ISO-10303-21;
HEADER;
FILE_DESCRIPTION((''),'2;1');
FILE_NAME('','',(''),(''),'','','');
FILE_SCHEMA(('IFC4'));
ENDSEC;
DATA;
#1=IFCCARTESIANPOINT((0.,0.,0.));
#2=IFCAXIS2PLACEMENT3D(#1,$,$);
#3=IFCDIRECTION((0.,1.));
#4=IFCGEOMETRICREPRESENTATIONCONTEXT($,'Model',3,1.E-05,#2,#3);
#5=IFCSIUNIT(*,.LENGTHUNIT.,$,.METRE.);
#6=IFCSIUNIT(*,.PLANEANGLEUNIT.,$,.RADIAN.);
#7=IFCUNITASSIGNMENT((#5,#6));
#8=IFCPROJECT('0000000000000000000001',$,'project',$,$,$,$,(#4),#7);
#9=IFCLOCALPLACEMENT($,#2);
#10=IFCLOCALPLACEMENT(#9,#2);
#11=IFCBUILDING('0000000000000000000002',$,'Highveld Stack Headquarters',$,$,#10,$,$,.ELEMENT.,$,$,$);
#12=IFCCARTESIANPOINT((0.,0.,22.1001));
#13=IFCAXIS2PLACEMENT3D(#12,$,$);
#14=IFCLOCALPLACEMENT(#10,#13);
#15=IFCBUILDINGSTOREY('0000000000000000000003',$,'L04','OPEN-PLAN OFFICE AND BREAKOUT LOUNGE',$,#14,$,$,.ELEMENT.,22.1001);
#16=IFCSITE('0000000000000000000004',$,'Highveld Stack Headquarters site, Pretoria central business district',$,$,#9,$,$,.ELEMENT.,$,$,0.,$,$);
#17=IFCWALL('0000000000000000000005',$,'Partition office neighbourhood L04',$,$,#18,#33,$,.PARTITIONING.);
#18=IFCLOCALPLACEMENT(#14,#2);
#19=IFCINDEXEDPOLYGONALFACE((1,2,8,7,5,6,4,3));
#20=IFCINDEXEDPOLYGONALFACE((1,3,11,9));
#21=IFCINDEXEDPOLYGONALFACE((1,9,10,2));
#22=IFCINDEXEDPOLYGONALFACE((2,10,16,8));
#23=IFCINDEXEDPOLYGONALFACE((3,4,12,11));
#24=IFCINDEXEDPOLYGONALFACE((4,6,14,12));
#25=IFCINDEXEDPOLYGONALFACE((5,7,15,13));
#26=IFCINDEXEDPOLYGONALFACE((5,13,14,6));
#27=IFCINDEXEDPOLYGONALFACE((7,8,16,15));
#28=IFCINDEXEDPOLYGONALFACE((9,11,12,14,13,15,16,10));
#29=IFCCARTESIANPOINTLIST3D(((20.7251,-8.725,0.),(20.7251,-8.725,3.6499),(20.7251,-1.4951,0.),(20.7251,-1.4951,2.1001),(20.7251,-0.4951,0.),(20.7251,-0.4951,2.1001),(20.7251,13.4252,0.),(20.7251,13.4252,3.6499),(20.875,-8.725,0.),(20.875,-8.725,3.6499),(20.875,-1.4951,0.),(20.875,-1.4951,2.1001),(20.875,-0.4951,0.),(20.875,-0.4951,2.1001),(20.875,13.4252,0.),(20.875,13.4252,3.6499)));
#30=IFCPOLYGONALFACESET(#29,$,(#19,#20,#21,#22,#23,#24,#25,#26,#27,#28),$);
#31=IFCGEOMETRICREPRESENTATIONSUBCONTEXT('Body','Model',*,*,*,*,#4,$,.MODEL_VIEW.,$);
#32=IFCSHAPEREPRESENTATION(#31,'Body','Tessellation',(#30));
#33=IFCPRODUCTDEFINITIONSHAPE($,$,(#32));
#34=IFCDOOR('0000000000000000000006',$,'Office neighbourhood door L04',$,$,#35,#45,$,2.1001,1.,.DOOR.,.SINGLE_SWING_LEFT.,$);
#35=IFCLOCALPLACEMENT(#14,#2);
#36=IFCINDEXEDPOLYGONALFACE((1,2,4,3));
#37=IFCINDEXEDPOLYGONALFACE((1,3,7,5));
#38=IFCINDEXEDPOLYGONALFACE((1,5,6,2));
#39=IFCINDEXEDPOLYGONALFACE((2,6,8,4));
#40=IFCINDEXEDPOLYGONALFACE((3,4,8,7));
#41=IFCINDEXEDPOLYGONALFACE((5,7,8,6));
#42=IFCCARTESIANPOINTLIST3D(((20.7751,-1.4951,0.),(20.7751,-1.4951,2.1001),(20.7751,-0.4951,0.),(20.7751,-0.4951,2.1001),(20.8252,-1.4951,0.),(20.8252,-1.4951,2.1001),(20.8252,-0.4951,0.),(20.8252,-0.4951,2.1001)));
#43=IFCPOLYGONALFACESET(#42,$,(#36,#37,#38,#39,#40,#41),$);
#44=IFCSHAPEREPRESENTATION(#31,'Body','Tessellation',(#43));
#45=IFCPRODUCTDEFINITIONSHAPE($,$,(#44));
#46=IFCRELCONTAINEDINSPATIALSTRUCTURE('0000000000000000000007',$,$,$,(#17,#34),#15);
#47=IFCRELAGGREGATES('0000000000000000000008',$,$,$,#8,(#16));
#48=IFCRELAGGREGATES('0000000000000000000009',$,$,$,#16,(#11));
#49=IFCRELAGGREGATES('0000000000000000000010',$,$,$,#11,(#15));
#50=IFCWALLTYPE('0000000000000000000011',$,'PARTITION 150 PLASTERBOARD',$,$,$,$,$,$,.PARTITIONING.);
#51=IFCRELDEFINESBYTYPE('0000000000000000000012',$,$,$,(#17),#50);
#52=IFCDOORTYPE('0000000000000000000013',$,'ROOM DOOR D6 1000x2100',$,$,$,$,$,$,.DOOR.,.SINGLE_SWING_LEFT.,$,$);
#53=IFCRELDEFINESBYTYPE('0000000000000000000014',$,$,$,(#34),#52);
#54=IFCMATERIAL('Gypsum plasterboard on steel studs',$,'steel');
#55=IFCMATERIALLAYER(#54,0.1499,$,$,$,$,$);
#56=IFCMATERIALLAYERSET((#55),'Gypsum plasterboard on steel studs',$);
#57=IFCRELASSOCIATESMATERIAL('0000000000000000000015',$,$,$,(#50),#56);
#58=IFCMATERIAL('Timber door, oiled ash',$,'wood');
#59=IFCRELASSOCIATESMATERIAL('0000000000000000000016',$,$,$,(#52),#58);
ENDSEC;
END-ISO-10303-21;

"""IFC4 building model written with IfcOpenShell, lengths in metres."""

from ifc_helpers import new_model, si_unit, direction, frame, frame_2d, origin, place, context, subcontext, project, spatial, rectangle, extrude, material, layer, layer_set, type_object, element, fill, save


model = new_model("IFC4")

# Units and contexts
model_context = context("Model", 3, precision=1e-05, world=origin(), true_north=direction((0.0, 1.0)))
body_context = subcontext(model_context, "Body", "Model", "MODEL_VIEW")
ifc_project = project(units=[si_unit("LENGTHUNIT", "METRE"), si_unit("PLANEANGLEUNIT", "RADIAN")], contexts=[model_context])

# Site, building, storey
site_placement = place(None, origin())
site = spatial("IfcSite", under=ifc_project, at=site_placement, Name="Highveld Stack Headquarters site, Pretoria central business district", CompositionType="ELEMENT", RefElevation=0.0)
building_placement = place(site_placement, origin())
building = spatial("IfcBuilding", under=site, at=building_placement, Name="Highveld Stack Headquarters", CompositionType="ELEMENT")
storey_placement = place(building_placement, frame((0.0, 0.0, 22.1001)))
storey = spatial("IfcBuildingStorey", under=building, at=storey_placement, Name="L04", Description="OPEN-PLAN OFFICE AND BREAKOUT LOUNGE", CompositionType="ELEMENT", Elevation=22.1001)

# Shared definitions
ifc_material_1 = material(Name="Gypsum plasterboard on steel studs", Category="steel")
ifc_layer_1 = layer(ifc_material_1, 0.1499)
ifc_layer_set_1 = layer_set([ifc_layer_1], Name="Gypsum plasterboard on steel studs")
wall_type_1 = type_object("IfcWallType", Name="PARTITION 150 PLASTERBOARD", PredefinedType="PARTITIONING", material=ifc_layer_set_1)

# Wall, opening, door
wall_1_placement = place(storey_placement, frame((20.8, -8.7251, 0.0), z_axis=(0.0, 0.0, 1.0), x_axis=(0.0, 1.0, 0.0)))
wall_1 = element("IfcWall", 1, at=wall_1_placement, inside=storey, type_object=wall_type_1, Name="Partition office neighbourhood L04", PredefinedType="PARTITIONING", context=body_context, shape_type="SweptSolid", body=[
    extrude(rectangle(XDim=22.1501, YDim=0.1499, at=frame_2d((11.0752, 0.0))), origin(), (0.0, 0.0, 1.0), 3.6499),
])
opening_1_placement = place(wall_1_placement, frame((7.23, 0.0, 0.0)))
opening_1 = element("IfcOpeningElement", 2, at=opening_1_placement, cuts=wall_1, PredefinedType="OPENING", context=body_context, shape_type="SweptSolid", body=[
    extrude(rectangle(XDim=1.0, YDim=2.1001, at=frame_2d((0.5, 1.05))), frame((0.0, 0.085, 0.0), z_axis=(0.0, -1.0, 0.0), x_axis=(1.0, 0.0, 0.0)), (0.0, 0.0, 1.0), 0.1699),
])
ifc_material_2 = material(Name="Timber door, oiled ash", Category="wood")
door_type_1 = type_object("IfcDoorType", Name="ROOM DOOR D6 1000x2100", OperationType="SINGLE_SWING_LEFT", PredefinedType="DOOR", material=ifc_material_2)
door_1_placement = place(opening_1_placement, origin())
door_1 = element("IfcDoor", 3, at=door_1_placement, inside=storey, type_object=door_type_1, Name="Office neighbourhood door L04", OperationType="SINGLE_SWING_LEFT", OverallHeight=2.1001, OverallWidth=1.0, PredefinedType="DOOR", context=body_context, shape_type="SweptSolid", body=[
    extrude(rectangle(XDim=1.0, YDim=2.1001, at=frame_2d((0.5, 1.05))), frame((0.0, 0.0249, 0.0), z_axis=(0.0, -1.0, 0.0), x_axis=(1.0, 0.0, 0.0)), (0.0, 0.0, 1.0), 0.05),
])
fill(opening_1, door_1)

save(model, "model.ifc")
